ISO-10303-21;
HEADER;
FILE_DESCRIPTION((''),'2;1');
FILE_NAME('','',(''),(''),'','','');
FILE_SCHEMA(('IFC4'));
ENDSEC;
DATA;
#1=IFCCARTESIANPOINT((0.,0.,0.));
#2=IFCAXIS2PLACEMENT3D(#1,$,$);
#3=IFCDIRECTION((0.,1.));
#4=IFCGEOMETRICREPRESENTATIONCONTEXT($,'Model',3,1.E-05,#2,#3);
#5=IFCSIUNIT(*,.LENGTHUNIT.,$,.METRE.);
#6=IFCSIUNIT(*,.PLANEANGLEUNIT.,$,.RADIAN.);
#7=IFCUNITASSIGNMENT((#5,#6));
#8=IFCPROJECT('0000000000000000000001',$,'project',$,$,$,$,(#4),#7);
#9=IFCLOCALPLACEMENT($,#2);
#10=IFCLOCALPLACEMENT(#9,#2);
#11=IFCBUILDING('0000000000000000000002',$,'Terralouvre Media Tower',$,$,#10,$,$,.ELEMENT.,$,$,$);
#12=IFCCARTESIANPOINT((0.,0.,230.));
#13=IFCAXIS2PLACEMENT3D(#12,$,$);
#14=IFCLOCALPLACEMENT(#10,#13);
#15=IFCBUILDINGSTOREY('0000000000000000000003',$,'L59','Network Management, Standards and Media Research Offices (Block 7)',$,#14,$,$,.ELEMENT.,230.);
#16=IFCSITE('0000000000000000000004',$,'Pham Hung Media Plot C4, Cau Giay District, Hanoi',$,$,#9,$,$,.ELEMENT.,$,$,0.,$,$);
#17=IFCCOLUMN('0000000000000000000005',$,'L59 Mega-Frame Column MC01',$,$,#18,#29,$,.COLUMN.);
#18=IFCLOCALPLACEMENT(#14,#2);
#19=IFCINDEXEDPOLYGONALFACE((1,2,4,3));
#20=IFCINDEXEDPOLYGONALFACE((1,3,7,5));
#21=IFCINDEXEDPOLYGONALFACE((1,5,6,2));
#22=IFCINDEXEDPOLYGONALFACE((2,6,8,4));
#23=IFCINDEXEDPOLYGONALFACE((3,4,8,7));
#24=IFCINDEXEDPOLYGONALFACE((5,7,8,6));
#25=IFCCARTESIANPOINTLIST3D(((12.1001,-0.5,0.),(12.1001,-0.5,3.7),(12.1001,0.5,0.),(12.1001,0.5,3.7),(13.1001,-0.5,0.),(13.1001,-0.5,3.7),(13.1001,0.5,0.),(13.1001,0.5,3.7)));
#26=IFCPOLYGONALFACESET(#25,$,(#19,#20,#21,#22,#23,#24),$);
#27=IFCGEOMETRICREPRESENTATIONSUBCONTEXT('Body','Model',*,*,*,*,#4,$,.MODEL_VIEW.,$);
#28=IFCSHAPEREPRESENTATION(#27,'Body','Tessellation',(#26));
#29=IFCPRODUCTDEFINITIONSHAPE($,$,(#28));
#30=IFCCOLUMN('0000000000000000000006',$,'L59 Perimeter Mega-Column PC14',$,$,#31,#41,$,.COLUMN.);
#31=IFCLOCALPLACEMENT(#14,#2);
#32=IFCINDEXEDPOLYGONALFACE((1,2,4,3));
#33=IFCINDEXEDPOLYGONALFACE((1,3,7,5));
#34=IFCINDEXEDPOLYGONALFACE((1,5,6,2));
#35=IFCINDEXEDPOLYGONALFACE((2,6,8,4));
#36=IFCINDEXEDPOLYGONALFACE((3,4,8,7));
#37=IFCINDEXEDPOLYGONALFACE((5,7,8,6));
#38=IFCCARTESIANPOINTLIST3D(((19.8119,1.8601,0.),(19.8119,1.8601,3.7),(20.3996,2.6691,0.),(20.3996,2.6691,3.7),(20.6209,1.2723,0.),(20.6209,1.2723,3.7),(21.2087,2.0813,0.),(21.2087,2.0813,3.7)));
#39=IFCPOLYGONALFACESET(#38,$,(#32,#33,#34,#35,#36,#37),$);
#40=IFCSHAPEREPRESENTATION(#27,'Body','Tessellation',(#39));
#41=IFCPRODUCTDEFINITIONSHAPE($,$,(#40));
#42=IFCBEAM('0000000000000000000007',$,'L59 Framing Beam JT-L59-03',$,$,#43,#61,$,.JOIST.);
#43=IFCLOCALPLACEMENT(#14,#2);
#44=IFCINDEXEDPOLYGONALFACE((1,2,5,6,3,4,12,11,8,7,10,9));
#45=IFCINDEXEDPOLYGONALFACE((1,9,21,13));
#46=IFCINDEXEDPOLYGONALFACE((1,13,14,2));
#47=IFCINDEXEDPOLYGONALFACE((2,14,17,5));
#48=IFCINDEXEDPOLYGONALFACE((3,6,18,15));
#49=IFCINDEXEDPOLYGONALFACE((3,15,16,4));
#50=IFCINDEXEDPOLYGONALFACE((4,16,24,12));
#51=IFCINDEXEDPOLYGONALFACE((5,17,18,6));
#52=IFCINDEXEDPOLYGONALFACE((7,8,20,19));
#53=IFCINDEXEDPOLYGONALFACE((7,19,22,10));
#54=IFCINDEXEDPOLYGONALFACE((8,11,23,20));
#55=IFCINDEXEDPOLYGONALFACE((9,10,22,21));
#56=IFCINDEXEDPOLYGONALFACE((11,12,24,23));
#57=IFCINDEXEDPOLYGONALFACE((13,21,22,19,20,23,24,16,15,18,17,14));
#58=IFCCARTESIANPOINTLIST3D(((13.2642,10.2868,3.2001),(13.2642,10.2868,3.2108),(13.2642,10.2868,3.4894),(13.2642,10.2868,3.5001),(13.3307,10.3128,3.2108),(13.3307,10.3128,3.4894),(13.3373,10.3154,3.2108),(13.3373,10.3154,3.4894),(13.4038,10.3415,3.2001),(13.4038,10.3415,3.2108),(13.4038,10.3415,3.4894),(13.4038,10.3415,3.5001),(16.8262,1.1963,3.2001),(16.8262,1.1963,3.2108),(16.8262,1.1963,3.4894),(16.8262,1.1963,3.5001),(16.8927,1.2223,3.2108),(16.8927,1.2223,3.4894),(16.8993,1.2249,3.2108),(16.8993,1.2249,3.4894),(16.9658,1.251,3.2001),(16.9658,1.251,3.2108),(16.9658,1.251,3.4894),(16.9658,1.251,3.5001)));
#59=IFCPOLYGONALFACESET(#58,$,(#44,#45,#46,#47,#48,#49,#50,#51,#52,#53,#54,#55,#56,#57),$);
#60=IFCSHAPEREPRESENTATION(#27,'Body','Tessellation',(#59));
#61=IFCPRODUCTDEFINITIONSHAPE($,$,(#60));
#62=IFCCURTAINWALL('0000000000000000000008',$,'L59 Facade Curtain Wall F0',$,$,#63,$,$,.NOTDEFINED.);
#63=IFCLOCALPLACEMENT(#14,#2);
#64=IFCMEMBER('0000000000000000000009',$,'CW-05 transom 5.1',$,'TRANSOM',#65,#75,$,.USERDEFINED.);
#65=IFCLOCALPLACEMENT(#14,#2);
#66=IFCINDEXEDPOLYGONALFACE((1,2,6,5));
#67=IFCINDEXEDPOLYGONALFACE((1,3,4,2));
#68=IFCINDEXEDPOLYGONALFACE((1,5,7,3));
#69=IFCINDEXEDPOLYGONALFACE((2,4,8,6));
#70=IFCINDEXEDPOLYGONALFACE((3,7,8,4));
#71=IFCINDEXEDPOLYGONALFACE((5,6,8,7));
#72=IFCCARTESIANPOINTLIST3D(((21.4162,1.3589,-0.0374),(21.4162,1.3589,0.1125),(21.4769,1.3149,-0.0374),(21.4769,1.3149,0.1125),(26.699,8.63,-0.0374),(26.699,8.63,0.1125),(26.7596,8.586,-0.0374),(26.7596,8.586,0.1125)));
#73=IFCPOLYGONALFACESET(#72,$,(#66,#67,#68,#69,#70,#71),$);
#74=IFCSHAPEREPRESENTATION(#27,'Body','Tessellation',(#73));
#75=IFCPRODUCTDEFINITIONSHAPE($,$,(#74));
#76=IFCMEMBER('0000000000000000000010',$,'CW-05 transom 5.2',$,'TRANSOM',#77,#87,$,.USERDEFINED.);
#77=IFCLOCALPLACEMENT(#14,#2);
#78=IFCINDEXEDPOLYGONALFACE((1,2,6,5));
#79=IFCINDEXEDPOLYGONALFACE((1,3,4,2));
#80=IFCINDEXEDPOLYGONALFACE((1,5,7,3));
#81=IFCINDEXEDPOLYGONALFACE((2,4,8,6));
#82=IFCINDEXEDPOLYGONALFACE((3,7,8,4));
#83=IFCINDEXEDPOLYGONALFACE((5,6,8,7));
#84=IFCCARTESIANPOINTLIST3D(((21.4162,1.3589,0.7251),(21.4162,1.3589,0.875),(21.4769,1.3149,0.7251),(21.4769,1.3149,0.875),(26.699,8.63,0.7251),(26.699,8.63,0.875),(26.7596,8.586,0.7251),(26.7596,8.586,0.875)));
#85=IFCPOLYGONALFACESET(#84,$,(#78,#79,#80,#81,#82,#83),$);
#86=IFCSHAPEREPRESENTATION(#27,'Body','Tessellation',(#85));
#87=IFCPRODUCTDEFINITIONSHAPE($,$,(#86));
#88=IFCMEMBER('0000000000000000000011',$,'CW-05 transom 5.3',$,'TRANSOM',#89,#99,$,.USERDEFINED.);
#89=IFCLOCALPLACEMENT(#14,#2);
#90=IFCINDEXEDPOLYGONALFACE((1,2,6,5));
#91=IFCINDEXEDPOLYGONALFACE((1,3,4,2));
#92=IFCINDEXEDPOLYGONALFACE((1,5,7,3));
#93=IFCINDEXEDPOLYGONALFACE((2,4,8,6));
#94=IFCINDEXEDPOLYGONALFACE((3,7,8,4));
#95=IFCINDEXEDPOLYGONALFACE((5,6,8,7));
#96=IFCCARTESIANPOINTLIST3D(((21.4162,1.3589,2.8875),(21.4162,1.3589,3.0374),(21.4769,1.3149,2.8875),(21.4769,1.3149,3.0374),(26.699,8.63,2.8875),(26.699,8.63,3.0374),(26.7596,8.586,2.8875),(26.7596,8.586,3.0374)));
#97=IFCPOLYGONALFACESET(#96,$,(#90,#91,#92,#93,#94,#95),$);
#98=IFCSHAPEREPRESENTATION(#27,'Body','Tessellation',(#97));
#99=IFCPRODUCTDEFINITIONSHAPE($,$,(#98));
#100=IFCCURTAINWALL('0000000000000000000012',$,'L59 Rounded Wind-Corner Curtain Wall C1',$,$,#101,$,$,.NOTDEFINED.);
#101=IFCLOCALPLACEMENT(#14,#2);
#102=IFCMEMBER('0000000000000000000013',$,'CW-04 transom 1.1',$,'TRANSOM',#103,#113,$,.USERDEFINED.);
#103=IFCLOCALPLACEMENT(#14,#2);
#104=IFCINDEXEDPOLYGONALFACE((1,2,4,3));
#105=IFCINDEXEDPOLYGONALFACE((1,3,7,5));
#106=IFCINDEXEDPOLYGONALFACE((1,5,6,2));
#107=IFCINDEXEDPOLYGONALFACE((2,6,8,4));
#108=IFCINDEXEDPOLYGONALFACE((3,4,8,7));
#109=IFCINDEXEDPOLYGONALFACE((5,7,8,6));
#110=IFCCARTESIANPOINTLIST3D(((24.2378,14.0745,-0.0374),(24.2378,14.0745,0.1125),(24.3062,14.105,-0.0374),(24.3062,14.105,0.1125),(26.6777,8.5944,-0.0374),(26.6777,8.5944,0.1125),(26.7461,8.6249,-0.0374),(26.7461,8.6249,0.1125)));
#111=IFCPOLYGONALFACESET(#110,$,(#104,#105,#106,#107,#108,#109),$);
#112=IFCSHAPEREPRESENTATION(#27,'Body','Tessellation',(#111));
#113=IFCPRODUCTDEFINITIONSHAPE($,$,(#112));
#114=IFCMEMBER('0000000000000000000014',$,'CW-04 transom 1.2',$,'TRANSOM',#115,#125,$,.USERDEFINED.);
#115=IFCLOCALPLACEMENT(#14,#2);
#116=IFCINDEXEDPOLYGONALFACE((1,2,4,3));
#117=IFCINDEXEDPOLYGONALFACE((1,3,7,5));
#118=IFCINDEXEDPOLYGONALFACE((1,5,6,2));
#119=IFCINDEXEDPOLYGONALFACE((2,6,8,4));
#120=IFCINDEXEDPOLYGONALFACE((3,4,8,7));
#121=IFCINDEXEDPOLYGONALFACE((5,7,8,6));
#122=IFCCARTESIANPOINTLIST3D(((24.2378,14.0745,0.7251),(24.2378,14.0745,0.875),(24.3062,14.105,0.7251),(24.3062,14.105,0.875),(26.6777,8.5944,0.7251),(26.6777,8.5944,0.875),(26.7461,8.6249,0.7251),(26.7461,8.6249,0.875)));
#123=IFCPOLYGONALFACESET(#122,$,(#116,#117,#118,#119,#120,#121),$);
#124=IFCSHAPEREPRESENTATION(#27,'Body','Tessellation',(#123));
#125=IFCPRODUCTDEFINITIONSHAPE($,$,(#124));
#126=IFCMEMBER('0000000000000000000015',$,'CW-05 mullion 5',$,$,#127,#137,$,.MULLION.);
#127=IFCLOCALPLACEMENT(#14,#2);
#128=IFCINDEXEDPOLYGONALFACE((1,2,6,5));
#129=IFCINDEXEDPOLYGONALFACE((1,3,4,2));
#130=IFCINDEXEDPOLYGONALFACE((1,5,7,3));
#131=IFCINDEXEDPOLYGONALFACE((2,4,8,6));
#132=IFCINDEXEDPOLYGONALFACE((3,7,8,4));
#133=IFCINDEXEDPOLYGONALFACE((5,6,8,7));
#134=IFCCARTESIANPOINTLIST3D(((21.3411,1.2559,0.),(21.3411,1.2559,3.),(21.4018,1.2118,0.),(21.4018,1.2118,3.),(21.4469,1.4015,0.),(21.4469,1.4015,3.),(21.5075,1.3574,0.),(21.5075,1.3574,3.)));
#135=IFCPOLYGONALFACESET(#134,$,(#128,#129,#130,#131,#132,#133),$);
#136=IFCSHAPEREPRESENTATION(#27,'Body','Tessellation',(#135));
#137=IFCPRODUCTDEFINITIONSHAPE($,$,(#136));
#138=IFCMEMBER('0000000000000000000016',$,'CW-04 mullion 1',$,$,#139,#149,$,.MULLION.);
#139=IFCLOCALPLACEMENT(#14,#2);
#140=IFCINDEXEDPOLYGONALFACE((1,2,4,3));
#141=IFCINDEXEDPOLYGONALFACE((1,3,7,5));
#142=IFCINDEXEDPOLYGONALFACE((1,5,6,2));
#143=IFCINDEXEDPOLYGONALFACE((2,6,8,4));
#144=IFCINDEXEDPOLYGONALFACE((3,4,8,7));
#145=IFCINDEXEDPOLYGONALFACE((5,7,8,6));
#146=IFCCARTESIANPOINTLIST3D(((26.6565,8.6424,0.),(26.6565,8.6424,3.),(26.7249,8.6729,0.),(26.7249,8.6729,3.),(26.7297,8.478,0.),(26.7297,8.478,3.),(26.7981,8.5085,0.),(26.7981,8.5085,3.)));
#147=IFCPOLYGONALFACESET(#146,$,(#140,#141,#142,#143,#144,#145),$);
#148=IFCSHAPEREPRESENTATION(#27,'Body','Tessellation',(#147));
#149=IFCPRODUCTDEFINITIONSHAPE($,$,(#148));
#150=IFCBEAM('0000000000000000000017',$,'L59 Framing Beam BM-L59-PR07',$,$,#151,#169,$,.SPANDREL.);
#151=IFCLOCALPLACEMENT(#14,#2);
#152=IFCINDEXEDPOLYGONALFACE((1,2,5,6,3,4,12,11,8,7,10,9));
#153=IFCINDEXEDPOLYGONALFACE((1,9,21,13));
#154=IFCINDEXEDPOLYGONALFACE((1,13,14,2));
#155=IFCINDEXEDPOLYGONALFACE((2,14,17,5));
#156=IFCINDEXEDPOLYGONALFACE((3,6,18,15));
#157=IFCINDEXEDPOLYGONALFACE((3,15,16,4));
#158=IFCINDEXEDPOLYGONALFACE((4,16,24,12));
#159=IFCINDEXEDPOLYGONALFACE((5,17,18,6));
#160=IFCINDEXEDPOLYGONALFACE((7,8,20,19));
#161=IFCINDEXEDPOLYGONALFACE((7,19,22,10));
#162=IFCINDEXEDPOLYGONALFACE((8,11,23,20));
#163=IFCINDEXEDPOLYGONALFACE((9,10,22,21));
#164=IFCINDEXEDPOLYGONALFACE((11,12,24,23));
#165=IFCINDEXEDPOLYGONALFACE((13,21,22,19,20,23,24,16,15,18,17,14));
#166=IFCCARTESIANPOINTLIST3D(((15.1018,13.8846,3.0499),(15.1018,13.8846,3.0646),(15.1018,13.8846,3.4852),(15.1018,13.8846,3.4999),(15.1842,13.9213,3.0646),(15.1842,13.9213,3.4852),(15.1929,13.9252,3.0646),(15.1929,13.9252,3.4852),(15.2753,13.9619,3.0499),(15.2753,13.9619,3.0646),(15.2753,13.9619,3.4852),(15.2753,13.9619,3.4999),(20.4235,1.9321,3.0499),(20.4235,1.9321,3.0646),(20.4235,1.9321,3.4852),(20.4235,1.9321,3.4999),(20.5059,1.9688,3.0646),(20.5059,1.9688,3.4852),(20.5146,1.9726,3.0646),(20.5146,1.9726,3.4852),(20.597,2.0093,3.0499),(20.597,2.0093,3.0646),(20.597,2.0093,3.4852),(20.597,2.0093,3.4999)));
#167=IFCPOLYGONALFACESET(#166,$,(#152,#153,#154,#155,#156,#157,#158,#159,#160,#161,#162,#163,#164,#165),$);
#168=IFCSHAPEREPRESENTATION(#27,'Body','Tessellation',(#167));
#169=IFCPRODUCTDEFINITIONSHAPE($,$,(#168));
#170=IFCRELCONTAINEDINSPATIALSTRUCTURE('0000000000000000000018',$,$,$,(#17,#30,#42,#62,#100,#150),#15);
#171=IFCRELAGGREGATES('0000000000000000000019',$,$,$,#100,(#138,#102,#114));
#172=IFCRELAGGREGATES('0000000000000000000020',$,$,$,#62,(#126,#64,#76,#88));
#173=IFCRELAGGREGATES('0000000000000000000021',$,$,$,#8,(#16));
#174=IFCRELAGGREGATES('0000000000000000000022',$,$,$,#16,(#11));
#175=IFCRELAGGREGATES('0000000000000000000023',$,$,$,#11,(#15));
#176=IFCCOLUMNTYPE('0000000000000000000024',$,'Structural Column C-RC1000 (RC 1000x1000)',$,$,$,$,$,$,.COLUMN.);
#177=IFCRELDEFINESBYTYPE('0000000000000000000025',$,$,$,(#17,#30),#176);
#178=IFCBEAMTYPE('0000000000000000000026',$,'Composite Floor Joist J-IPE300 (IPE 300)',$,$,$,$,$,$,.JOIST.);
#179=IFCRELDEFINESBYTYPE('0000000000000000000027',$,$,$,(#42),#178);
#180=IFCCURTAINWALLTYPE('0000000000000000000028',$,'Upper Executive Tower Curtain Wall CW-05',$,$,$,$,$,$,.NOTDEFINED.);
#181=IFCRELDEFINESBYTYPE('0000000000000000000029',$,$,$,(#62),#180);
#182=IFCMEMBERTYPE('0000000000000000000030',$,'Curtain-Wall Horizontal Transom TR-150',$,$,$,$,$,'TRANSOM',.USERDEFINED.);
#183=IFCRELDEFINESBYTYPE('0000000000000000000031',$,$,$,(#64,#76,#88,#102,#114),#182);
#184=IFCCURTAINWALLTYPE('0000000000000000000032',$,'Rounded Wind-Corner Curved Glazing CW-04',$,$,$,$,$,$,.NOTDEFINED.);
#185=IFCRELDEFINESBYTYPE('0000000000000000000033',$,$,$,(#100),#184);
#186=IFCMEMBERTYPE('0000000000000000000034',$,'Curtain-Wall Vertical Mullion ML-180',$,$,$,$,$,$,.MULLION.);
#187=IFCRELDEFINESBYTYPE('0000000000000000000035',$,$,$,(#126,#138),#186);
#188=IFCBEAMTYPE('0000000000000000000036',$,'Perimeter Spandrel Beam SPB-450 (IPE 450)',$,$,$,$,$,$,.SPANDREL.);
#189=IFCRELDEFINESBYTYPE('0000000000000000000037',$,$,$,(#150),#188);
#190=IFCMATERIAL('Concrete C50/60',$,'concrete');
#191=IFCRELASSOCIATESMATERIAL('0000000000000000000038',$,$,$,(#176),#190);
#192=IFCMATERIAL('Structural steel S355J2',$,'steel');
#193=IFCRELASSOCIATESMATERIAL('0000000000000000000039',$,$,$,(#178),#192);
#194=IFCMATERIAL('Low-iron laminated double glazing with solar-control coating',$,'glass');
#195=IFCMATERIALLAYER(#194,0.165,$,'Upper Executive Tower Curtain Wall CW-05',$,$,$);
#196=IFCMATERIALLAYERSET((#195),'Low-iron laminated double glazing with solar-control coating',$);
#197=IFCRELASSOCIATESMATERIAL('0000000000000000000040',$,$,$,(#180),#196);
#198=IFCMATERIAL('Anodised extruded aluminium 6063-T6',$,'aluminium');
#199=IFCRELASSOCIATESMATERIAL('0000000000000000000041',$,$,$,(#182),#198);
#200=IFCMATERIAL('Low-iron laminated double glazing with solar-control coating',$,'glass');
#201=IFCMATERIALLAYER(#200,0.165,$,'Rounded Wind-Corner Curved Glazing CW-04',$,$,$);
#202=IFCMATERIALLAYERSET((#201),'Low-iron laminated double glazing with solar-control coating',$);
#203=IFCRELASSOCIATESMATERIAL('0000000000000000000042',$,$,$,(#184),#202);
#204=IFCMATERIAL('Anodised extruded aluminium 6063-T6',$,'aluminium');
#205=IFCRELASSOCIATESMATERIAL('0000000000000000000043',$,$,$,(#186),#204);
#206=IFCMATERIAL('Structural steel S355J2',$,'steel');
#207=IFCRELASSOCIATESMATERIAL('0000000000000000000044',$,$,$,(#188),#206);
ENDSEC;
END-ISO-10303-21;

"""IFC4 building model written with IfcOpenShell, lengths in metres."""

from ifc_helpers import new_model, si_unit, direction, frame, origin, origin_2d, place, context, subcontext, project, spatial, rectangle, i_section, extrude, material, layer, layer_set, material_profile, profile_set, type_object, element, aggregate, save


model = new_model("IFC4")

# Units and contexts
model_context = context("Model", 3, precision=1e-05, world=origin(), true_north=direction((0.0, 1.0)))
body_context = subcontext(model_context, "Body", "Model", "MODEL_VIEW")
ifc_project = project(units=[si_unit("LENGTHUNIT", "METRE"), si_unit("PLANEANGLEUNIT", "RADIAN")], contexts=[model_context])

# Site, building, storey
site_placement = place(None, origin())
site = spatial("IfcSite", under=ifc_project, at=site_placement, Name="Pham Hung Media Plot C4, Cau Giay District, Hanoi", CompositionType="ELEMENT", RefElevation=0.0)
building_placement = place(site_placement, origin())
building = spatial("IfcBuilding", under=site, at=building_placement, Name="Terralouvre Media Tower", CompositionType="ELEMENT")
storey_placement = place(building_placement, frame((0.0, 0.0, 230.0)))
storey = spatial("IfcBuildingStorey", under=building, at=storey_placement, Name="L59", Description="Network Management, Standards and Media Research Offices (Block 7)", CompositionType="ELEMENT", Elevation=230.0)

# Columns
ifc_material_1 = material(Name="Concrete C50/60", Category="concrete")
ifc_material_profile_1 = material_profile(ifc_material_1, rectangle(XDim=1.0, YDim=1.0, at=origin_2d()), Name="RC 1000x1000")
ifc_profile_set_1 = profile_set([ifc_material_profile_1], Name="Concrete C50/60")
column_type = type_object("IfcColumnType", Name="Structural Column C-RC1000 (RC 1000x1000)", PredefinedType="COLUMN", material=ifc_profile_set_1)
for number, where, z_axis, x_axis, name in (
    (1, (12.6001, 0.0, 0.0), (0.0, 0.0, 1.0), (1.0, 0.0, 0.0), "L59 Mega-Frame Column MC01"),
    (2, (20.5103, 1.9707, 0.0), (0.0, 0.0, 1.0), (0.587785, 0.809017, 0.0), "L59 Perimeter Mega-Column PC14"),
):
    element("IfcColumn", number, at=place(storey_placement, frame(where, z_axis=z_axis, x_axis=x_axis)), inside=storey, type_object=column_type, Name=name, PredefinedType="COLUMN", context=body_context, shape_type="SweptSolid", body=[
        extrude(rectangle(XDim=1.0, YDim=1.0, at=origin_2d()), origin(), (0.0, 0.0, 1.0), 3.7),
    ])

# Beam
ifc_material_2 = material(Name="Structural steel S355J2", Category="steel")
ifc_material_profile_2 = material_profile(ifc_material_2, i_section(OverallWidth=0.1499, OverallDepth=0.3, WebThickness=0.0071, FlangeThickness=0.0107, at=origin_2d()), Name="IPE 300")
ifc_profile_set_2 = profile_set([ifc_material_profile_2], Name="Structural steel S355J2")
beam_type_1 = type_object("IfcBeamType", Name="Composite Floor Joist J-IPE300 (IPE 300)", PredefinedType="JOIST", material=ifc_profile_set_2)
beam_1_placement = place(storey_placement, frame((16.896, 1.2236, 3.3501), z_axis=(-0.364828, 0.931075, 0.0), x_axis=(-0.931075, -0.364828, 0.0)))
element("IfcBeam", 3, at=beam_1_placement, inside=storey, type_object=beam_type_1, Name="L59 Framing Beam JT-L59-03", PredefinedType="JOIST", context=body_context, shape_type="SweptSolid", body=[
    extrude(i_section(OverallWidth=0.1499, OverallDepth=0.3, WebThickness=0.0071, FlangeThickness=0.0107, at=origin_2d()), origin(), (0.0, 0.0, 1.0), 9.7634),
])

# Curtain walls, members
ifc_material_3 = material(Name="Low-iron laminated double glazing with solar-control coating", Category="glass")
ifc_layer_1 = layer(ifc_material_3, 0.165, Name="Upper Executive Tower Curtain Wall CW-05")
ifc_layer_set_1 = layer_set([ifc_layer_1], Name="Low-iron laminated double glazing with solar-control coating")
curtain_wall_type_1 = type_object("IfcCurtainWallType", Name="Upper Executive Tower Curtain Wall CW-05", PredefinedType="NOTDEFINED", material=ifc_layer_set_1)
curtain_wall_1_placement = place(storey_placement, origin())
curtain_wall_1 = element("IfcCurtainWall", 4, at=curtain_wall_1_placement, inside=storey, type_object=curtain_wall_type_1, Name="L59 Facade Curtain Wall F0", PredefinedType="NOTDEFINED")
ifc_material_4 = material(Name="Anodised extruded aluminium 6063-T6", Category="aluminium")
ifc_material_profile_3 = material_profile(ifc_material_4, rectangle(XDim=0.075, YDim=0.1499, at=origin_2d()), Name="ALU 75x150")
ifc_profile_set_3 = profile_set([ifc_material_profile_3], Name="Anodised extruded aluminium 6063-T6")
member_type_1 = type_object("IfcMemberType", Name="Curtain-Wall Horizontal Transom TR-150", ElementType="TRANSOM", PredefinedType="USERDEFINED", material=ifc_profile_set_3)
member_1_placement = place(storey_placement, frame((21.4465, 1.3369, 0.0376), z_axis=(0.587787, 0.809016, 0.0), x_axis=(-0.809016, 0.587787, 0.0)))
member_1 = element("IfcMember", 5, at=member_1_placement, type_object=member_type_1, Name="CW-05 transom 5.1", ObjectType="TRANSOM", PredefinedType="USERDEFINED", context=body_context, shape_type="SweptSolid", body=[
    extrude(rectangle(XDim=0.075, YDim=0.1499, at=origin_2d()), origin(), (0.0, 0.0, 1.0), 8.9875),
])
member_2_placement = place(storey_placement, frame((21.4465, 1.3369, 0.8), z_axis=(0.587787, 0.809016, 0.0), x_axis=(-0.809016, 0.587787, 0.0)))
member_2 = element("IfcMember", 6, at=member_2_placement, type_object=member_type_1, Name="CW-05 transom 5.2", ObjectType="TRANSOM", PredefinedType="USERDEFINED", context=body_context, shape_type="SweptSolid", body=[
    extrude(rectangle(XDim=0.075, YDim=0.1499, at=origin_2d()), origin(), (0.0, 0.0, 1.0), 8.9875),
])
member_3_placement = place(storey_placement, frame((21.4465, 1.3369, 2.9624), z_axis=(0.587787, 0.809016, 0.0), x_axis=(-0.809016, 0.587787, 0.0)))
member_3 = element("IfcMember", 7, at=member_3_placement, type_object=member_type_1, Name="CW-05 transom 5.3", ObjectType="TRANSOM", PredefinedType="USERDEFINED", context=body_context, shape_type="SweptSolid", body=[
    extrude(rectangle(XDim=0.075, YDim=0.1499, at=origin_2d()), origin(), (0.0, 0.0, 1.0), 8.9875),
])
ifc_material_5 = material(Name="Low-iron laminated double glazing with solar-control coating", Category="glass")
ifc_layer_2 = layer(ifc_material_5, 0.165, Name="Rounded Wind-Corner Curved Glazing CW-04")
ifc_layer_set_2 = layer_set([ifc_layer_2], Name="Low-iron laminated double glazing with solar-control coating")
curtain_wall_type_2 = type_object("IfcCurtainWallType", Name="Rounded Wind-Corner Curved Glazing CW-04", PredefinedType="NOTDEFINED", material=ifc_layer_set_2)
curtain_wall_2_placement = place(storey_placement, origin())
curtain_wall_2 = element("IfcCurtainWall", 8, at=curtain_wall_2_placement, inside=storey, type_object=curtain_wall_type_2, Name="L59 Rounded Wind-Corner Curtain Wall C1", PredefinedType="NOTDEFINED")
member_4_placement = place(storey_placement, frame((26.7119, 8.6096, 0.0376), z_axis=(-0.406735, 0.913546, 0.0), x_axis=(-0.913546, -0.406735, 0.0)))
member_4 = element("IfcMember", 9, at=member_4_placement, type_object=member_type_1, Name="CW-04 transom 1.1", ObjectType="TRANSOM", PredefinedType="USERDEFINED", context=body_context, shape_type="SweptSolid", body=[
    extrude(rectangle(XDim=0.075, YDim=0.1499, at=origin_2d()), origin(), (0.0, 0.0, 1.0), 5.9988),
])
member_5_placement = place(storey_placement, frame((26.7119, 8.6096, 0.8), z_axis=(-0.406735, 0.913546, 0.0), x_axis=(-0.913546, -0.406735, 0.0)))
member_5 = element("IfcMember", 10, at=member_5_placement, type_object=member_type_1, Name="CW-04 transom 1.2", ObjectType="TRANSOM", PredefinedType="USERDEFINED", context=body_context, shape_type="SweptSolid", body=[
    extrude(rectangle(XDim=0.075, YDim=0.1499, at=origin_2d()), origin(), (0.0, 0.0, 1.0), 5.9988),
])

# Members
ifc_material_6 = material(Name="Anodised extruded aluminium 6063-T6", Category="aluminium")
ifc_material_profile_4 = material_profile(ifc_material_6, rectangle(XDim=0.075, YDim=0.1799, at=origin_2d()), Name="ALU 75x180")
ifc_profile_set_4 = profile_set([ifc_material_profile_4], Name="Anodised extruded aluminium 6063-T6")
member_type_2 = type_object("IfcMemberType", Name="Curtain-Wall Vertical Mullion ML-180", PredefinedType="MULLION", material=ifc_profile_set_4)
member_6_placement = place(storey_placement, frame((21.4243, 1.3066, 0.0), z_axis=(0.0, 0.0, 1.0), x_axis=(-0.809017, 0.587785, 0.0)))
member_6 = element("IfcMember", 11, at=member_6_placement, type_object=member_type_2, Name="CW-05 mullion 5", PredefinedType="MULLION", context=body_context, shape_type="SweptSolid", body=[
    extrude(rectangle(XDim=0.075, YDim=0.1799, at=origin_2d()), origin(), (0.0, 0.0, 1.0), 3.0),
])
member_7_placement = place(storey_placement, frame((26.7273, 8.5754, 0.0), z_axis=(0.0, 0.0, 1.0), x_axis=(-0.913545, -0.406737, 0.0)))
member_7 = element("IfcMember", 12, at=member_7_placement, type_object=member_type_2, Name="CW-04 mullion 1", PredefinedType="MULLION", context=body_context, shape_type="SweptSolid", body=[
    extrude(rectangle(XDim=0.075, YDim=0.1799, at=origin_2d()), origin(), (0.0, 0.0, 1.0), 3.0),
])
aggregate(curtain_wall_2, [member_7, member_4, member_5])

# Beam
ifc_material_7 = material(Name="Structural steel S355J2", Category="steel")
ifc_material_profile_5 = material_profile(ifc_material_7, i_section(OverallWidth=0.1899, OverallDepth=0.45, WebThickness=0.0095, FlangeThickness=0.0146, at=origin_2d()), Name="IPE 450")
ifc_profile_set_5 = profile_set([ifc_material_profile_5], Name="Structural steel S355J2")
beam_type_2 = type_object("IfcBeamType", Name="Perimeter Spandrel Beam SPB-450 (IPE 450)", PredefinedType="SPANDREL", material=ifc_profile_set_5)
beam_2_placement = place(storey_placement, frame((20.5103, 1.9707, 3.2749), z_axis=(-0.406744, 0.913542, 0.0), x_axis=(-0.913542, -0.406744, 0.0)))
element("IfcBeam", 13, at=beam_2_placement, inside=storey, type_object=beam_type_2, Name="L59 Framing Beam BM-L59-PR07", PredefinedType="SPANDREL", context=body_context, shape_type="SweptSolid", body=[
    extrude(i_section(OverallWidth=0.1899, OverallDepth=0.45, WebThickness=0.0095, FlangeThickness=0.0146, at=origin_2d()), origin(), (0.0, 0.0, 1.0), 13.0837),
])

aggregate(curtain_wall_1, [member_6, member_1, member_2, member_3])

save(model, "model.ifc")
